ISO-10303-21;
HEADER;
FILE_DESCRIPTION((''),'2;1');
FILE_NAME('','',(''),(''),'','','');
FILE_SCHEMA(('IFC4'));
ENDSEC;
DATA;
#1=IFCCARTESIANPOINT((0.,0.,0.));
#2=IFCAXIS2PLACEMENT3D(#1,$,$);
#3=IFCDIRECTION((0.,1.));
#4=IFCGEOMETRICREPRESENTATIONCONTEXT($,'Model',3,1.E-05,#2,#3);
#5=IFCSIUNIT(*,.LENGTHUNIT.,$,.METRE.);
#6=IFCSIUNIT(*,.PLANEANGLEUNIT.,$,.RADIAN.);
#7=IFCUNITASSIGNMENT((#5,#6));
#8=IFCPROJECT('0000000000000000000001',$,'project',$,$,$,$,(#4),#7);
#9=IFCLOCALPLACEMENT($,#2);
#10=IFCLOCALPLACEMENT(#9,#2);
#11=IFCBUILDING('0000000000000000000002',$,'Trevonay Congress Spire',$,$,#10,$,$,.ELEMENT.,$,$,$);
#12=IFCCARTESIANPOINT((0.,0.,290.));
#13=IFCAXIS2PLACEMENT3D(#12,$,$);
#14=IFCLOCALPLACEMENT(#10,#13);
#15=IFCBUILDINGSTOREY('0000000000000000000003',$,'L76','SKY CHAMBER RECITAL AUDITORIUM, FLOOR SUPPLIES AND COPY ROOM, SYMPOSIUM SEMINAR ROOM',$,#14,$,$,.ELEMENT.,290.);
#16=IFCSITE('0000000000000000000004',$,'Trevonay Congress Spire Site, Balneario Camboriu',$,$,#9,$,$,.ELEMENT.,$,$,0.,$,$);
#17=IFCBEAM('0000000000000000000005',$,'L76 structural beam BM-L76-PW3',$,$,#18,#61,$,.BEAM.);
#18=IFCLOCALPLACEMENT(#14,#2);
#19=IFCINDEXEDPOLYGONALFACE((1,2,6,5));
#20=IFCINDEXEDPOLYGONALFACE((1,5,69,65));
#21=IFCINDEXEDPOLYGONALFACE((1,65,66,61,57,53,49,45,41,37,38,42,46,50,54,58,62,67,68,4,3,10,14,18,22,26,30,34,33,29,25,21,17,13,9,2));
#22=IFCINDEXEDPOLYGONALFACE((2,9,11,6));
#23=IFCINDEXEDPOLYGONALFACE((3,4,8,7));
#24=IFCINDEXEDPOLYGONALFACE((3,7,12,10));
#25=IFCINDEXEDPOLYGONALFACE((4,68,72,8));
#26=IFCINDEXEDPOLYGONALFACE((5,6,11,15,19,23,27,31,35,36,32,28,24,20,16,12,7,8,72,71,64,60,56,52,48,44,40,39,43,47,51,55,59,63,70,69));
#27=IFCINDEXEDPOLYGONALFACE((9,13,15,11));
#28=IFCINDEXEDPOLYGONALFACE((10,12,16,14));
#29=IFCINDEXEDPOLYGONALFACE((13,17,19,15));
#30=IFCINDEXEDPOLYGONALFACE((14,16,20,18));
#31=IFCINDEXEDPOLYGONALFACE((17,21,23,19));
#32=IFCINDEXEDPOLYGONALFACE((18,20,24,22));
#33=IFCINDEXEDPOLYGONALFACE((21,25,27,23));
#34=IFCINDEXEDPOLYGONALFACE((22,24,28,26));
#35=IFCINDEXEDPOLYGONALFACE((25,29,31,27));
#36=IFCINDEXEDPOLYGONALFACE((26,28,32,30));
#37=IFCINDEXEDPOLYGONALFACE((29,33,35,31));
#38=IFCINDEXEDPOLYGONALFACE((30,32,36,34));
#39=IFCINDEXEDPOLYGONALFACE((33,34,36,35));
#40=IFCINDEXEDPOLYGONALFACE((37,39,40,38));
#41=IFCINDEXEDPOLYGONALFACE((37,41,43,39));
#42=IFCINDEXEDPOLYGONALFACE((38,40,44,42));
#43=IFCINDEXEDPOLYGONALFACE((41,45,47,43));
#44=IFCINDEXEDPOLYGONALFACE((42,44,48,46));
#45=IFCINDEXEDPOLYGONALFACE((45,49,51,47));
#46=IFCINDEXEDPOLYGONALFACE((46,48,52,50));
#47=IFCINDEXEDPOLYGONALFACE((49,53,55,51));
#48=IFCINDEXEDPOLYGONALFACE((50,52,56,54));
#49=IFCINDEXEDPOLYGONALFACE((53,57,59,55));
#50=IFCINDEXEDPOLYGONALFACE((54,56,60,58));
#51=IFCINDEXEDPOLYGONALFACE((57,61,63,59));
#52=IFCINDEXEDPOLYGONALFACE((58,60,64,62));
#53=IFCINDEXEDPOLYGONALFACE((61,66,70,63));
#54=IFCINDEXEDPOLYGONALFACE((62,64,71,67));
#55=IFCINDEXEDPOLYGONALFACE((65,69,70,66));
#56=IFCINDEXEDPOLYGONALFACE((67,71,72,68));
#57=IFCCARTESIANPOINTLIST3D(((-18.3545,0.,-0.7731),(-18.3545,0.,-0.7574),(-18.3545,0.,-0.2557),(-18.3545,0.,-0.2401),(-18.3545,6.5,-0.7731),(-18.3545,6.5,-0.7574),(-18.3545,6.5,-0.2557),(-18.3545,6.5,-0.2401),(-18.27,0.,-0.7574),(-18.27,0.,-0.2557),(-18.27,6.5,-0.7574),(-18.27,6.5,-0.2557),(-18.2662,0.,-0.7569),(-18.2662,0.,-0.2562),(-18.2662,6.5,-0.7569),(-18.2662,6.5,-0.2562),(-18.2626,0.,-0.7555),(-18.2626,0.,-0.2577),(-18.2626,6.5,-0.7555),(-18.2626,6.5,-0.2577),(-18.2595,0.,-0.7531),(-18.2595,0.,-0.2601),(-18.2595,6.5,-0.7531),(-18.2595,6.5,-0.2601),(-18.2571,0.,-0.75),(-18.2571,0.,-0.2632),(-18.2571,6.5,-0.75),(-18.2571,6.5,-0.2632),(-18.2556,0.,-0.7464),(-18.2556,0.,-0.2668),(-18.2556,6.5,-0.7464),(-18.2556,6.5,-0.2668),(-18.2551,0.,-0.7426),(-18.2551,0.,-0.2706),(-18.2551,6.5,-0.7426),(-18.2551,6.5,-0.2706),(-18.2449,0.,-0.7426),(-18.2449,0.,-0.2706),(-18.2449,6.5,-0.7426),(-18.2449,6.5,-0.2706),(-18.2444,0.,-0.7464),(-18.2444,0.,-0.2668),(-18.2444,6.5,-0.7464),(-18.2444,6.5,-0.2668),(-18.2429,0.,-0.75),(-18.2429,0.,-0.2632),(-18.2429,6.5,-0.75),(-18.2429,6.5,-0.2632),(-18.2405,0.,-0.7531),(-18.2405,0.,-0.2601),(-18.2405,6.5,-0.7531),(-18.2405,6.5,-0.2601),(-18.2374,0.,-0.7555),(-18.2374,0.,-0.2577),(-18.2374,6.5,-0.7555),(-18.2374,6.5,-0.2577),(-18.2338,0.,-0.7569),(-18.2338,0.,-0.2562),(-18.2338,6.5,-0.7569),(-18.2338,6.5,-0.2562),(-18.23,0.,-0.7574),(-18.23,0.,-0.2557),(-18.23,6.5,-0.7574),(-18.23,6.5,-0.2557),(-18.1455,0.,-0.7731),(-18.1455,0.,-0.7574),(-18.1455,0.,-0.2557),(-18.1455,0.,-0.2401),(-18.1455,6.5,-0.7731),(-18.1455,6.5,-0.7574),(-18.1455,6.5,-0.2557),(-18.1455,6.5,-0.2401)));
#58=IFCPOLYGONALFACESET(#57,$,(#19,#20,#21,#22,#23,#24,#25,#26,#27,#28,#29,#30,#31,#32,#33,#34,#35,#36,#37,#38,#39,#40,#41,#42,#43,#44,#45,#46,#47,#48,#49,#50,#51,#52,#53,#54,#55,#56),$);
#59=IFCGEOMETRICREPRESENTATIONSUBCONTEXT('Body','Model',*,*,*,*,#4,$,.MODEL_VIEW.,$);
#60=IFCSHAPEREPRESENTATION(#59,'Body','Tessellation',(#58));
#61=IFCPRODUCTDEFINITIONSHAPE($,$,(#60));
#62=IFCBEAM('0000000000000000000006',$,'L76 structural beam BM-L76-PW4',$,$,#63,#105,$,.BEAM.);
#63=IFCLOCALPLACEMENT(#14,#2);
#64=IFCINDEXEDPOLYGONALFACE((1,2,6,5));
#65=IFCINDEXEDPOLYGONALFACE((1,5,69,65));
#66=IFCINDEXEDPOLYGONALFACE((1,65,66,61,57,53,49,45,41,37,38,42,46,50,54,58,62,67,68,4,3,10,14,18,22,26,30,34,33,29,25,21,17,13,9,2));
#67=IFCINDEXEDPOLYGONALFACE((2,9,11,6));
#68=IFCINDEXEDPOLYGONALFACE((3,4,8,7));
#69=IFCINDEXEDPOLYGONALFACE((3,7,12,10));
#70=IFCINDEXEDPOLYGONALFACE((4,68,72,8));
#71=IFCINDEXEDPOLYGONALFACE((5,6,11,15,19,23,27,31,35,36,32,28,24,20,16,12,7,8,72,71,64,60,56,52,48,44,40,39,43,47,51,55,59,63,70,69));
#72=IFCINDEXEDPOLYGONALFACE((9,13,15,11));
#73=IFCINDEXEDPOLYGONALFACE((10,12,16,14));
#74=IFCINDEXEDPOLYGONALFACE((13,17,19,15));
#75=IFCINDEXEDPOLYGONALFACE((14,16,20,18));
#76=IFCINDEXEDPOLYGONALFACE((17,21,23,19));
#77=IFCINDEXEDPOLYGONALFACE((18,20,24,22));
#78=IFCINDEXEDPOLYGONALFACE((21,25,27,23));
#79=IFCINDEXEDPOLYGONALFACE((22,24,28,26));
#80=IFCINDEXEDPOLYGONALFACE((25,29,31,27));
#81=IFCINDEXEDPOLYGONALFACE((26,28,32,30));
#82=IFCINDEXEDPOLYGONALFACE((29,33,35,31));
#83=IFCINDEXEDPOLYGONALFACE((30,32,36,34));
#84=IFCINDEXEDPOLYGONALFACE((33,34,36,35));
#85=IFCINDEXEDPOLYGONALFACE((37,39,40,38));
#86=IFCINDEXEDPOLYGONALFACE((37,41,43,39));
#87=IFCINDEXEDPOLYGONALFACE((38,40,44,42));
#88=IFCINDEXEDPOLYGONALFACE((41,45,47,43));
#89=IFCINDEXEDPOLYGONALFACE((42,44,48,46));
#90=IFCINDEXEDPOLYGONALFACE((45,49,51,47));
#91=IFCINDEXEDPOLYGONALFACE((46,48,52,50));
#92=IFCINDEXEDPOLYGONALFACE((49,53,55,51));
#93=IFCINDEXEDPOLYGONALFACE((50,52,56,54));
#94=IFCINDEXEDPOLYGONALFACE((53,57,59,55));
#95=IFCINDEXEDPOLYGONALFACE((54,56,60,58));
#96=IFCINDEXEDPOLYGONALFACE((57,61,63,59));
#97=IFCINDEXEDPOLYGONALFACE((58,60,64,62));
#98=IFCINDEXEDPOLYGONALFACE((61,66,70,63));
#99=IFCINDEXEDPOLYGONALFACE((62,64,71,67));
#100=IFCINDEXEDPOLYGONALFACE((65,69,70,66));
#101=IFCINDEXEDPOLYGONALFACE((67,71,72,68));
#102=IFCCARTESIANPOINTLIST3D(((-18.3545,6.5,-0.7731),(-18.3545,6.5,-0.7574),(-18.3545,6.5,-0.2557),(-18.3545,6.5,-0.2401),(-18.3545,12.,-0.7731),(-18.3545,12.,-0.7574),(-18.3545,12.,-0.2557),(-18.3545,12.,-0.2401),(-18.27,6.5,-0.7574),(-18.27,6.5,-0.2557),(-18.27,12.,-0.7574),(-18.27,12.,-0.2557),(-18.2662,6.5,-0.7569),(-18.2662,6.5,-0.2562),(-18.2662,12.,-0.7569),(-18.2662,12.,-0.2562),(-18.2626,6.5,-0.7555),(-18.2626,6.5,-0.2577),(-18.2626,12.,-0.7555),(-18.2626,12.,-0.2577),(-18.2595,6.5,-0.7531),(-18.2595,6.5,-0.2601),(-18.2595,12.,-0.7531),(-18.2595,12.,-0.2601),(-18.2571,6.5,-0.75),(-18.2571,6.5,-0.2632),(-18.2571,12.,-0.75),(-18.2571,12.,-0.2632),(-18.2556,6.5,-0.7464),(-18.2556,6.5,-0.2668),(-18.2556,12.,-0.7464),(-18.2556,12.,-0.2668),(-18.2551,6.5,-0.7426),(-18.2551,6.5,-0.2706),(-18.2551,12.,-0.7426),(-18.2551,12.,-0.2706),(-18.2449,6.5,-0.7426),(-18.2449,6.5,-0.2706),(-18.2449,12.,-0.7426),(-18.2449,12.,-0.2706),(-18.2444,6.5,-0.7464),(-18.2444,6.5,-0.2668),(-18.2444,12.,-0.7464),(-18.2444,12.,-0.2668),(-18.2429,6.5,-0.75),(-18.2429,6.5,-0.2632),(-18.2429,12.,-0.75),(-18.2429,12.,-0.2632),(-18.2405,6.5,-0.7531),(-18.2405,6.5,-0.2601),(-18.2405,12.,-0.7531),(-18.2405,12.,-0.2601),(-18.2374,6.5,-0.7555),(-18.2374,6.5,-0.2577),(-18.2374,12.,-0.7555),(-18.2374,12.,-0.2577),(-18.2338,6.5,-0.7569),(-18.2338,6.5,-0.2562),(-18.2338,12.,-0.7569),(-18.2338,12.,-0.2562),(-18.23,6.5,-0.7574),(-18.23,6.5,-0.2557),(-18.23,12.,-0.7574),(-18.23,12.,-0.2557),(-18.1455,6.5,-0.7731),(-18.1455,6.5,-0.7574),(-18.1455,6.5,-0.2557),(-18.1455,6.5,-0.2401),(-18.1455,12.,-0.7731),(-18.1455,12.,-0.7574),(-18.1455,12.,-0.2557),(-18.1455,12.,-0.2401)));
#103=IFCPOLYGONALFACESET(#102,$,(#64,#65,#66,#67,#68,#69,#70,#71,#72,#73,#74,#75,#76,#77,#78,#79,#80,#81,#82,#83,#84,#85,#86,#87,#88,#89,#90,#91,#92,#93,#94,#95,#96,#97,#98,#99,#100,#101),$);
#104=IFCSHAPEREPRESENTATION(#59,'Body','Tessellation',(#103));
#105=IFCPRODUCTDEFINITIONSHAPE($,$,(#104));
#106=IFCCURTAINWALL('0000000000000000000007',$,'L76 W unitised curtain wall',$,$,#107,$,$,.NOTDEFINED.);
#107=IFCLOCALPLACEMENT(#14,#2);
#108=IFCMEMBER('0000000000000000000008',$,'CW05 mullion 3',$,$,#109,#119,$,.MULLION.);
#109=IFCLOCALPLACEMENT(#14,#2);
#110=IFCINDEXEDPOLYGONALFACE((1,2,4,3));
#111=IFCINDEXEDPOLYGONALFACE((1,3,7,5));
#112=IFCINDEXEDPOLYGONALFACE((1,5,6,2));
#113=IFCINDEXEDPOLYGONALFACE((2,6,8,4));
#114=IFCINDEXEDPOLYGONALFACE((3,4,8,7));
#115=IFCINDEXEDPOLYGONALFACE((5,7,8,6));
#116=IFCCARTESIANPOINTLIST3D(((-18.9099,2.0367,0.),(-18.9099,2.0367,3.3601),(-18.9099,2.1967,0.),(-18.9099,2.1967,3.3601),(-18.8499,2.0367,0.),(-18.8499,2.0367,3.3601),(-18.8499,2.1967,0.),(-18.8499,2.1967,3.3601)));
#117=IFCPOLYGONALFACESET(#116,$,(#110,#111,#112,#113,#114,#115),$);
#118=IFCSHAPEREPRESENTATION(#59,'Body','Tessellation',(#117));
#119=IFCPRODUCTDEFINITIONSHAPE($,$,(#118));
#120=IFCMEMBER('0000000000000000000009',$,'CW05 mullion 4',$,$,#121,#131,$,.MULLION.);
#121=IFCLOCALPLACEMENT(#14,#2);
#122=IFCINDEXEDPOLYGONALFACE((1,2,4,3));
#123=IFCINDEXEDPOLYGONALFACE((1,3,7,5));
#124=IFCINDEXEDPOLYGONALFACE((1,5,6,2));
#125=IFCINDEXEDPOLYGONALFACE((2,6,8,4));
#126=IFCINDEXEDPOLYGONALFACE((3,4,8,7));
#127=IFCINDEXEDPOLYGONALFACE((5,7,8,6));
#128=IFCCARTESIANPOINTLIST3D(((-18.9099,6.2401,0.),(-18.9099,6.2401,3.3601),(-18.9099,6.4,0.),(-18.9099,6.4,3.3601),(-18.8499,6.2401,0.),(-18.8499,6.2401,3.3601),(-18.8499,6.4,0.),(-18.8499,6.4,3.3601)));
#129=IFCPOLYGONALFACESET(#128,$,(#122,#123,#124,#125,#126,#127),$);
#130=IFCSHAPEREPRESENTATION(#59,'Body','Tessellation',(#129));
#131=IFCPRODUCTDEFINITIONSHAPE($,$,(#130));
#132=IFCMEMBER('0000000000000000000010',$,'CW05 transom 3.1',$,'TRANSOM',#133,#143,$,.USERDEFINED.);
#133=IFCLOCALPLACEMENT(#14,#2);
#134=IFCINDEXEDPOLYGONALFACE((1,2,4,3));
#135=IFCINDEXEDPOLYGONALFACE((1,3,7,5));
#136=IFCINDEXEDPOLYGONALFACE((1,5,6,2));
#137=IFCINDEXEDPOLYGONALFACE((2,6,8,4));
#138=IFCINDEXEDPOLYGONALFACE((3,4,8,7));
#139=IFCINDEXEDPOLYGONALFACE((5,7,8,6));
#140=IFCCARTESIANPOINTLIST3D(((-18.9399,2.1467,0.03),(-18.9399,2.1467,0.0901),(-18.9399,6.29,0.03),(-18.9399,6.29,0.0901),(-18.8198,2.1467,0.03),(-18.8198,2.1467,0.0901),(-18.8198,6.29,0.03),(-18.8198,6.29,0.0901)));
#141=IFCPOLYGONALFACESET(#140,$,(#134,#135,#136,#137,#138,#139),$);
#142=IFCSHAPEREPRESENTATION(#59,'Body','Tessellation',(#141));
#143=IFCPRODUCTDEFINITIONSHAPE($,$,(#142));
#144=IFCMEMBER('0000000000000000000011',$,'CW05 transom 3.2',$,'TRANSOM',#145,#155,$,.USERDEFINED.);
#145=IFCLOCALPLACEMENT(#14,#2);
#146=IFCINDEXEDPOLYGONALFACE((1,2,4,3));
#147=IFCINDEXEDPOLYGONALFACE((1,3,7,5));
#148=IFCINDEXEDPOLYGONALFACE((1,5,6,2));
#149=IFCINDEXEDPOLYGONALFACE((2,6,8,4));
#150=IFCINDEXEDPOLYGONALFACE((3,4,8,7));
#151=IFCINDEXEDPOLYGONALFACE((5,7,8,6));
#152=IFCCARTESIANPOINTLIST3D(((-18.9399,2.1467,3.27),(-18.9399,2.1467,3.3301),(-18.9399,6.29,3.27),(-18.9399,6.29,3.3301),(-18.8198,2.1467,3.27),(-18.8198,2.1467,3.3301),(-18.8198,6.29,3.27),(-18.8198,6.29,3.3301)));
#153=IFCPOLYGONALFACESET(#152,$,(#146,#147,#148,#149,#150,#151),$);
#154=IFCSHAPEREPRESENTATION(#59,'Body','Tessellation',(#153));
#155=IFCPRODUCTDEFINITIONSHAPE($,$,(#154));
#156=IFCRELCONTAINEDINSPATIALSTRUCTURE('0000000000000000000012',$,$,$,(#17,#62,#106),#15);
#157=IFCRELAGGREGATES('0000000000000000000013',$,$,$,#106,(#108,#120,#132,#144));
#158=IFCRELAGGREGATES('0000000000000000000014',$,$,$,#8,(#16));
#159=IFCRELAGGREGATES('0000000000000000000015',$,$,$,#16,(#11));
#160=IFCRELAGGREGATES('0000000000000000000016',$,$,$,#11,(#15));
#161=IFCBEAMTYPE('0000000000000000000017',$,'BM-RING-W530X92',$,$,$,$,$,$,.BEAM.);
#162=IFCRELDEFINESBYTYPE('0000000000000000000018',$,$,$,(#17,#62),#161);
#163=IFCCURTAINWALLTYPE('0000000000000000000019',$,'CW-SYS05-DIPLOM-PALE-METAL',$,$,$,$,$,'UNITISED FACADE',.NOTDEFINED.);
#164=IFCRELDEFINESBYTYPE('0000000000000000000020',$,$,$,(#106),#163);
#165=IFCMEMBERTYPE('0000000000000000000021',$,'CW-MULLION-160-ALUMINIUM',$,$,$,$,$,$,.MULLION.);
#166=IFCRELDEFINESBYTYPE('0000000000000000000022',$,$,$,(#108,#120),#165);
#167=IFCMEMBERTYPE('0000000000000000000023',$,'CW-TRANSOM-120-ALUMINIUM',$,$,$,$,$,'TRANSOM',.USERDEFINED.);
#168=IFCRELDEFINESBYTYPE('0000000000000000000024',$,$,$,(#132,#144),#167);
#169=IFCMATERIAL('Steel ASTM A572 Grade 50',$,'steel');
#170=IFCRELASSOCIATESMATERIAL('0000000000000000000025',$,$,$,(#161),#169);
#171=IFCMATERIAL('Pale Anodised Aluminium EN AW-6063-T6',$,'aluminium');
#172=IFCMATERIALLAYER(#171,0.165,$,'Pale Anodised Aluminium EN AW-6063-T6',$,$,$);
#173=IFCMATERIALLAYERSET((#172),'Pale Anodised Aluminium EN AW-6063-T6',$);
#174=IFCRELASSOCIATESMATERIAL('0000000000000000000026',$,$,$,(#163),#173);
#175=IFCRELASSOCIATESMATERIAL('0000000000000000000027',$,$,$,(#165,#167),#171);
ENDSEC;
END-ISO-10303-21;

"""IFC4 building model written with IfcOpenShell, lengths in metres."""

from ifc_helpers import new_model, si_unit, direction, frame, origin, origin_2d, place, context, subcontext, project, spatial, rectangle, i_section, extrude, material, layer, layer_set, material_profile, profile_set, type_object, element, aggregate, save


model = new_model("IFC4")

# Units and contexts
model_context = context("Model", 3, precision=1e-05, world=origin(), true_north=direction((0.0, 1.0)))
body_context = subcontext(model_context, "Body", "Model", "MODEL_VIEW")
ifc_project = project(units=[si_unit("LENGTHUNIT", "METRE"), si_unit("PLANEANGLEUNIT", "RADIAN")], contexts=[model_context])

# Site, building, storey
site_placement = place(None, origin())
site = spatial("IfcSite", under=ifc_project, at=site_placement, Name="Trevonay Congress Spire Site, Balneario Camboriu", CompositionType="ELEMENT", RefElevation=0.0)
building_placement = place(site_placement, origin())
building = spatial("IfcBuilding", under=site, at=building_placement, Name="Trevonay Congress Spire", CompositionType="ELEMENT")
storey_placement = place(building_placement, frame((0.0, 0.0, 290.0)))
storey = spatial("IfcBuildingStorey", under=building, at=storey_placement, Name="L76", Description="SKY CHAMBER RECITAL AUDITORIUM, FLOOR SUPPLIES AND COPY ROOM, SYMPOSIUM SEMINAR ROOM", CompositionType="ELEMENT", Elevation=290.0)

# Shared definitions
ifc_material_1 = material(Name="Steel ASTM A572 Grade 50", Category="steel")

# Beams
ifc_material_profile_1 = material_profile(ifc_material_1, i_section(OverallWidth=0.209, OverallDepth=0.533, WebThickness=0.0103, FlangeThickness=0.0156, FilletRadius=0.0149, at=origin_2d()), Name="W530x92")
ifc_profile_set_1 = profile_set([ifc_material_profile_1], Name="Steel ASTM A572 Grade 50")
beam_type_1 = type_object("IfcBeamType", Name="BM-RING-W530X92", PredefinedType="BEAM", material=ifc_profile_set_1)
beam_1_placement = place(storey_placement, frame((-18.25, 0.0, -0.5066), z_axis=(0.0, 1.0, 0.0), x_axis=(-1.0, 0.0, 0.0)))
element("IfcBeam", 1, at=beam_1_placement, inside=storey, type_object=beam_type_1, Name="L76 structural beam BM-L76-PW3", PredefinedType="BEAM", context=body_context, shape_type="SweptSolid", body=[
    extrude(i_section(OverallWidth=0.209, OverallDepth=0.533, WebThickness=0.0103, FlangeThickness=0.0156, FilletRadius=0.0149, at=origin_2d()), origin(), (0.0, 0.0, 1.0), 6.5),
])
beam_2_placement = place(storey_placement, frame((-18.25, 6.5, -0.5066), z_axis=(0.0, 1.0, 0.0), x_axis=(-1.0, 0.0, 0.0)))
element("IfcBeam", 2, at=beam_2_placement, inside=storey, type_object=beam_type_1, Name="L76 structural beam BM-L76-PW4", PredefinedType="BEAM", context=body_context, shape_type="SweptSolid", body=[
    extrude(i_section(OverallWidth=0.209, OverallDepth=0.533, WebThickness=0.0103, FlangeThickness=0.0156, FilletRadius=0.0149, at=origin_2d()), origin(), (0.0, 0.0, 1.0), 5.5),
])

# Curtain wall, members
ifc_material_2 = material(Name="Pale Anodised Aluminium EN AW-6063-T6", Category="aluminium")
ifc_layer_1 = layer(ifc_material_2, 0.165, Name="Pale Anodised Aluminium EN AW-6063-T6")
ifc_layer_set_1 = layer_set([ifc_layer_1], Name="Pale Anodised Aluminium EN AW-6063-T6")
curtain_wall_type = type_object("IfcCurtainWallType", Name="CW-SYS05-DIPLOM-PALE-METAL", ElementType="UNITISED FACADE", PredefinedType="NOTDEFINED", material=ifc_layer_set_1)
curtain_wall_placement = place(storey_placement, origin())
curtain_wall = element("IfcCurtainWall", 3, at=curtain_wall_placement, inside=storey, type_object=curtain_wall_type, Name="L76 W unitised curtain wall", PredefinedType="NOTDEFINED")
ifc_material_profile_2 = material_profile(ifc_material_2, rectangle(XDim=0.0601, YDim=0.1599, at=origin_2d()), Name="CW-MULLION-160-ALUMINIUM")
ifc_profile_set_2 = profile_set([ifc_material_profile_2], Name="Pale Anodised Aluminium EN AW-6063-T6")
member_type_1 = type_object("IfcMemberType", Name="CW-MULLION-160-ALUMINIUM", PredefinedType="MULLION", material=ifc_profile_set_2)
member_1_placement = place(storey_placement, frame((-18.8799, 2.1167, 0.0), z_axis=(0.0, 0.0, 1.0), x_axis=(-1.0, 0.0, 0.0)))
member_1 = element("IfcMember", 4, at=member_1_placement, type_object=member_type_1, Name="CW05 mullion 3", PredefinedType="MULLION", context=body_context, shape_type="SweptSolid", body=[
    extrude(rectangle(XDim=0.0601, YDim=0.1599, at=origin_2d()), origin(), (0.0, 0.0, 1.0), 3.3601),
])
member_2_placement = place(storey_placement, frame((-18.8799, 6.3201, 0.0), z_axis=(0.0, 0.0, 1.0), x_axis=(-1.0, 0.0, 0.0)))
member_2 = element("IfcMember", 5, at=member_2_placement, type_object=member_type_1, Name="CW05 mullion 4", PredefinedType="MULLION", context=body_context, shape_type="SweptSolid", body=[
    extrude(rectangle(XDim=0.0601, YDim=0.1599, at=origin_2d()), origin(), (0.0, 0.0, 1.0), 3.3601),
])
ifc_material_profile_3 = material_profile(ifc_material_2, rectangle(XDim=0.1201, YDim=0.0601, at=origin_2d()), Name="CW-TRANSOM-120-ALUMINIUM")
ifc_profile_set_3 = profile_set([ifc_material_profile_3], Name="Pale Anodised Aluminium EN AW-6063-T6")
member_type_2 = type_object("IfcMemberType", Name="CW-TRANSOM-120-ALUMINIUM", ElementType="TRANSOM", PredefinedType="USERDEFINED", material=ifc_profile_set_3)
member_3_placement = place(storey_placement, frame((-18.8799, 2.1467, 0.0601), z_axis=(0.0, 1.0, 0.0), x_axis=(-1.0, 0.0, 0.0)))
member_3 = element("IfcMember", 6, at=member_3_placement, type_object=member_type_2, Name="CW05 transom 3.1", ObjectType="TRANSOM", PredefinedType="USERDEFINED", context=body_context, shape_type="SweptSolid", body=[
    extrude(rectangle(XDim=0.1201, YDim=0.0601, at=origin_2d()), origin(), (0.0, 0.0, 1.0), 4.1433),
])
member_4_placement = place(storey_placement, frame((-18.8799, 2.1467, 3.3), z_axis=(0.0, 1.0, 0.0), x_axis=(-1.0, 0.0, 0.0)))
member_4 = element("IfcMember", 7, at=member_4_placement, type_object=member_type_2, Name="CW05 transom 3.2", ObjectType="TRANSOM", PredefinedType="USERDEFINED", context=body_context, shape_type="SweptSolid", body=[
    extrude(rectangle(XDim=0.1201, YDim=0.0601, at=origin_2d()), origin(), (0.0, 0.0, 1.0), 4.1433),
])

aggregate(curtain_wall, [member_1, member_2, member_3, member_4])

save(model, "model.ifc")
